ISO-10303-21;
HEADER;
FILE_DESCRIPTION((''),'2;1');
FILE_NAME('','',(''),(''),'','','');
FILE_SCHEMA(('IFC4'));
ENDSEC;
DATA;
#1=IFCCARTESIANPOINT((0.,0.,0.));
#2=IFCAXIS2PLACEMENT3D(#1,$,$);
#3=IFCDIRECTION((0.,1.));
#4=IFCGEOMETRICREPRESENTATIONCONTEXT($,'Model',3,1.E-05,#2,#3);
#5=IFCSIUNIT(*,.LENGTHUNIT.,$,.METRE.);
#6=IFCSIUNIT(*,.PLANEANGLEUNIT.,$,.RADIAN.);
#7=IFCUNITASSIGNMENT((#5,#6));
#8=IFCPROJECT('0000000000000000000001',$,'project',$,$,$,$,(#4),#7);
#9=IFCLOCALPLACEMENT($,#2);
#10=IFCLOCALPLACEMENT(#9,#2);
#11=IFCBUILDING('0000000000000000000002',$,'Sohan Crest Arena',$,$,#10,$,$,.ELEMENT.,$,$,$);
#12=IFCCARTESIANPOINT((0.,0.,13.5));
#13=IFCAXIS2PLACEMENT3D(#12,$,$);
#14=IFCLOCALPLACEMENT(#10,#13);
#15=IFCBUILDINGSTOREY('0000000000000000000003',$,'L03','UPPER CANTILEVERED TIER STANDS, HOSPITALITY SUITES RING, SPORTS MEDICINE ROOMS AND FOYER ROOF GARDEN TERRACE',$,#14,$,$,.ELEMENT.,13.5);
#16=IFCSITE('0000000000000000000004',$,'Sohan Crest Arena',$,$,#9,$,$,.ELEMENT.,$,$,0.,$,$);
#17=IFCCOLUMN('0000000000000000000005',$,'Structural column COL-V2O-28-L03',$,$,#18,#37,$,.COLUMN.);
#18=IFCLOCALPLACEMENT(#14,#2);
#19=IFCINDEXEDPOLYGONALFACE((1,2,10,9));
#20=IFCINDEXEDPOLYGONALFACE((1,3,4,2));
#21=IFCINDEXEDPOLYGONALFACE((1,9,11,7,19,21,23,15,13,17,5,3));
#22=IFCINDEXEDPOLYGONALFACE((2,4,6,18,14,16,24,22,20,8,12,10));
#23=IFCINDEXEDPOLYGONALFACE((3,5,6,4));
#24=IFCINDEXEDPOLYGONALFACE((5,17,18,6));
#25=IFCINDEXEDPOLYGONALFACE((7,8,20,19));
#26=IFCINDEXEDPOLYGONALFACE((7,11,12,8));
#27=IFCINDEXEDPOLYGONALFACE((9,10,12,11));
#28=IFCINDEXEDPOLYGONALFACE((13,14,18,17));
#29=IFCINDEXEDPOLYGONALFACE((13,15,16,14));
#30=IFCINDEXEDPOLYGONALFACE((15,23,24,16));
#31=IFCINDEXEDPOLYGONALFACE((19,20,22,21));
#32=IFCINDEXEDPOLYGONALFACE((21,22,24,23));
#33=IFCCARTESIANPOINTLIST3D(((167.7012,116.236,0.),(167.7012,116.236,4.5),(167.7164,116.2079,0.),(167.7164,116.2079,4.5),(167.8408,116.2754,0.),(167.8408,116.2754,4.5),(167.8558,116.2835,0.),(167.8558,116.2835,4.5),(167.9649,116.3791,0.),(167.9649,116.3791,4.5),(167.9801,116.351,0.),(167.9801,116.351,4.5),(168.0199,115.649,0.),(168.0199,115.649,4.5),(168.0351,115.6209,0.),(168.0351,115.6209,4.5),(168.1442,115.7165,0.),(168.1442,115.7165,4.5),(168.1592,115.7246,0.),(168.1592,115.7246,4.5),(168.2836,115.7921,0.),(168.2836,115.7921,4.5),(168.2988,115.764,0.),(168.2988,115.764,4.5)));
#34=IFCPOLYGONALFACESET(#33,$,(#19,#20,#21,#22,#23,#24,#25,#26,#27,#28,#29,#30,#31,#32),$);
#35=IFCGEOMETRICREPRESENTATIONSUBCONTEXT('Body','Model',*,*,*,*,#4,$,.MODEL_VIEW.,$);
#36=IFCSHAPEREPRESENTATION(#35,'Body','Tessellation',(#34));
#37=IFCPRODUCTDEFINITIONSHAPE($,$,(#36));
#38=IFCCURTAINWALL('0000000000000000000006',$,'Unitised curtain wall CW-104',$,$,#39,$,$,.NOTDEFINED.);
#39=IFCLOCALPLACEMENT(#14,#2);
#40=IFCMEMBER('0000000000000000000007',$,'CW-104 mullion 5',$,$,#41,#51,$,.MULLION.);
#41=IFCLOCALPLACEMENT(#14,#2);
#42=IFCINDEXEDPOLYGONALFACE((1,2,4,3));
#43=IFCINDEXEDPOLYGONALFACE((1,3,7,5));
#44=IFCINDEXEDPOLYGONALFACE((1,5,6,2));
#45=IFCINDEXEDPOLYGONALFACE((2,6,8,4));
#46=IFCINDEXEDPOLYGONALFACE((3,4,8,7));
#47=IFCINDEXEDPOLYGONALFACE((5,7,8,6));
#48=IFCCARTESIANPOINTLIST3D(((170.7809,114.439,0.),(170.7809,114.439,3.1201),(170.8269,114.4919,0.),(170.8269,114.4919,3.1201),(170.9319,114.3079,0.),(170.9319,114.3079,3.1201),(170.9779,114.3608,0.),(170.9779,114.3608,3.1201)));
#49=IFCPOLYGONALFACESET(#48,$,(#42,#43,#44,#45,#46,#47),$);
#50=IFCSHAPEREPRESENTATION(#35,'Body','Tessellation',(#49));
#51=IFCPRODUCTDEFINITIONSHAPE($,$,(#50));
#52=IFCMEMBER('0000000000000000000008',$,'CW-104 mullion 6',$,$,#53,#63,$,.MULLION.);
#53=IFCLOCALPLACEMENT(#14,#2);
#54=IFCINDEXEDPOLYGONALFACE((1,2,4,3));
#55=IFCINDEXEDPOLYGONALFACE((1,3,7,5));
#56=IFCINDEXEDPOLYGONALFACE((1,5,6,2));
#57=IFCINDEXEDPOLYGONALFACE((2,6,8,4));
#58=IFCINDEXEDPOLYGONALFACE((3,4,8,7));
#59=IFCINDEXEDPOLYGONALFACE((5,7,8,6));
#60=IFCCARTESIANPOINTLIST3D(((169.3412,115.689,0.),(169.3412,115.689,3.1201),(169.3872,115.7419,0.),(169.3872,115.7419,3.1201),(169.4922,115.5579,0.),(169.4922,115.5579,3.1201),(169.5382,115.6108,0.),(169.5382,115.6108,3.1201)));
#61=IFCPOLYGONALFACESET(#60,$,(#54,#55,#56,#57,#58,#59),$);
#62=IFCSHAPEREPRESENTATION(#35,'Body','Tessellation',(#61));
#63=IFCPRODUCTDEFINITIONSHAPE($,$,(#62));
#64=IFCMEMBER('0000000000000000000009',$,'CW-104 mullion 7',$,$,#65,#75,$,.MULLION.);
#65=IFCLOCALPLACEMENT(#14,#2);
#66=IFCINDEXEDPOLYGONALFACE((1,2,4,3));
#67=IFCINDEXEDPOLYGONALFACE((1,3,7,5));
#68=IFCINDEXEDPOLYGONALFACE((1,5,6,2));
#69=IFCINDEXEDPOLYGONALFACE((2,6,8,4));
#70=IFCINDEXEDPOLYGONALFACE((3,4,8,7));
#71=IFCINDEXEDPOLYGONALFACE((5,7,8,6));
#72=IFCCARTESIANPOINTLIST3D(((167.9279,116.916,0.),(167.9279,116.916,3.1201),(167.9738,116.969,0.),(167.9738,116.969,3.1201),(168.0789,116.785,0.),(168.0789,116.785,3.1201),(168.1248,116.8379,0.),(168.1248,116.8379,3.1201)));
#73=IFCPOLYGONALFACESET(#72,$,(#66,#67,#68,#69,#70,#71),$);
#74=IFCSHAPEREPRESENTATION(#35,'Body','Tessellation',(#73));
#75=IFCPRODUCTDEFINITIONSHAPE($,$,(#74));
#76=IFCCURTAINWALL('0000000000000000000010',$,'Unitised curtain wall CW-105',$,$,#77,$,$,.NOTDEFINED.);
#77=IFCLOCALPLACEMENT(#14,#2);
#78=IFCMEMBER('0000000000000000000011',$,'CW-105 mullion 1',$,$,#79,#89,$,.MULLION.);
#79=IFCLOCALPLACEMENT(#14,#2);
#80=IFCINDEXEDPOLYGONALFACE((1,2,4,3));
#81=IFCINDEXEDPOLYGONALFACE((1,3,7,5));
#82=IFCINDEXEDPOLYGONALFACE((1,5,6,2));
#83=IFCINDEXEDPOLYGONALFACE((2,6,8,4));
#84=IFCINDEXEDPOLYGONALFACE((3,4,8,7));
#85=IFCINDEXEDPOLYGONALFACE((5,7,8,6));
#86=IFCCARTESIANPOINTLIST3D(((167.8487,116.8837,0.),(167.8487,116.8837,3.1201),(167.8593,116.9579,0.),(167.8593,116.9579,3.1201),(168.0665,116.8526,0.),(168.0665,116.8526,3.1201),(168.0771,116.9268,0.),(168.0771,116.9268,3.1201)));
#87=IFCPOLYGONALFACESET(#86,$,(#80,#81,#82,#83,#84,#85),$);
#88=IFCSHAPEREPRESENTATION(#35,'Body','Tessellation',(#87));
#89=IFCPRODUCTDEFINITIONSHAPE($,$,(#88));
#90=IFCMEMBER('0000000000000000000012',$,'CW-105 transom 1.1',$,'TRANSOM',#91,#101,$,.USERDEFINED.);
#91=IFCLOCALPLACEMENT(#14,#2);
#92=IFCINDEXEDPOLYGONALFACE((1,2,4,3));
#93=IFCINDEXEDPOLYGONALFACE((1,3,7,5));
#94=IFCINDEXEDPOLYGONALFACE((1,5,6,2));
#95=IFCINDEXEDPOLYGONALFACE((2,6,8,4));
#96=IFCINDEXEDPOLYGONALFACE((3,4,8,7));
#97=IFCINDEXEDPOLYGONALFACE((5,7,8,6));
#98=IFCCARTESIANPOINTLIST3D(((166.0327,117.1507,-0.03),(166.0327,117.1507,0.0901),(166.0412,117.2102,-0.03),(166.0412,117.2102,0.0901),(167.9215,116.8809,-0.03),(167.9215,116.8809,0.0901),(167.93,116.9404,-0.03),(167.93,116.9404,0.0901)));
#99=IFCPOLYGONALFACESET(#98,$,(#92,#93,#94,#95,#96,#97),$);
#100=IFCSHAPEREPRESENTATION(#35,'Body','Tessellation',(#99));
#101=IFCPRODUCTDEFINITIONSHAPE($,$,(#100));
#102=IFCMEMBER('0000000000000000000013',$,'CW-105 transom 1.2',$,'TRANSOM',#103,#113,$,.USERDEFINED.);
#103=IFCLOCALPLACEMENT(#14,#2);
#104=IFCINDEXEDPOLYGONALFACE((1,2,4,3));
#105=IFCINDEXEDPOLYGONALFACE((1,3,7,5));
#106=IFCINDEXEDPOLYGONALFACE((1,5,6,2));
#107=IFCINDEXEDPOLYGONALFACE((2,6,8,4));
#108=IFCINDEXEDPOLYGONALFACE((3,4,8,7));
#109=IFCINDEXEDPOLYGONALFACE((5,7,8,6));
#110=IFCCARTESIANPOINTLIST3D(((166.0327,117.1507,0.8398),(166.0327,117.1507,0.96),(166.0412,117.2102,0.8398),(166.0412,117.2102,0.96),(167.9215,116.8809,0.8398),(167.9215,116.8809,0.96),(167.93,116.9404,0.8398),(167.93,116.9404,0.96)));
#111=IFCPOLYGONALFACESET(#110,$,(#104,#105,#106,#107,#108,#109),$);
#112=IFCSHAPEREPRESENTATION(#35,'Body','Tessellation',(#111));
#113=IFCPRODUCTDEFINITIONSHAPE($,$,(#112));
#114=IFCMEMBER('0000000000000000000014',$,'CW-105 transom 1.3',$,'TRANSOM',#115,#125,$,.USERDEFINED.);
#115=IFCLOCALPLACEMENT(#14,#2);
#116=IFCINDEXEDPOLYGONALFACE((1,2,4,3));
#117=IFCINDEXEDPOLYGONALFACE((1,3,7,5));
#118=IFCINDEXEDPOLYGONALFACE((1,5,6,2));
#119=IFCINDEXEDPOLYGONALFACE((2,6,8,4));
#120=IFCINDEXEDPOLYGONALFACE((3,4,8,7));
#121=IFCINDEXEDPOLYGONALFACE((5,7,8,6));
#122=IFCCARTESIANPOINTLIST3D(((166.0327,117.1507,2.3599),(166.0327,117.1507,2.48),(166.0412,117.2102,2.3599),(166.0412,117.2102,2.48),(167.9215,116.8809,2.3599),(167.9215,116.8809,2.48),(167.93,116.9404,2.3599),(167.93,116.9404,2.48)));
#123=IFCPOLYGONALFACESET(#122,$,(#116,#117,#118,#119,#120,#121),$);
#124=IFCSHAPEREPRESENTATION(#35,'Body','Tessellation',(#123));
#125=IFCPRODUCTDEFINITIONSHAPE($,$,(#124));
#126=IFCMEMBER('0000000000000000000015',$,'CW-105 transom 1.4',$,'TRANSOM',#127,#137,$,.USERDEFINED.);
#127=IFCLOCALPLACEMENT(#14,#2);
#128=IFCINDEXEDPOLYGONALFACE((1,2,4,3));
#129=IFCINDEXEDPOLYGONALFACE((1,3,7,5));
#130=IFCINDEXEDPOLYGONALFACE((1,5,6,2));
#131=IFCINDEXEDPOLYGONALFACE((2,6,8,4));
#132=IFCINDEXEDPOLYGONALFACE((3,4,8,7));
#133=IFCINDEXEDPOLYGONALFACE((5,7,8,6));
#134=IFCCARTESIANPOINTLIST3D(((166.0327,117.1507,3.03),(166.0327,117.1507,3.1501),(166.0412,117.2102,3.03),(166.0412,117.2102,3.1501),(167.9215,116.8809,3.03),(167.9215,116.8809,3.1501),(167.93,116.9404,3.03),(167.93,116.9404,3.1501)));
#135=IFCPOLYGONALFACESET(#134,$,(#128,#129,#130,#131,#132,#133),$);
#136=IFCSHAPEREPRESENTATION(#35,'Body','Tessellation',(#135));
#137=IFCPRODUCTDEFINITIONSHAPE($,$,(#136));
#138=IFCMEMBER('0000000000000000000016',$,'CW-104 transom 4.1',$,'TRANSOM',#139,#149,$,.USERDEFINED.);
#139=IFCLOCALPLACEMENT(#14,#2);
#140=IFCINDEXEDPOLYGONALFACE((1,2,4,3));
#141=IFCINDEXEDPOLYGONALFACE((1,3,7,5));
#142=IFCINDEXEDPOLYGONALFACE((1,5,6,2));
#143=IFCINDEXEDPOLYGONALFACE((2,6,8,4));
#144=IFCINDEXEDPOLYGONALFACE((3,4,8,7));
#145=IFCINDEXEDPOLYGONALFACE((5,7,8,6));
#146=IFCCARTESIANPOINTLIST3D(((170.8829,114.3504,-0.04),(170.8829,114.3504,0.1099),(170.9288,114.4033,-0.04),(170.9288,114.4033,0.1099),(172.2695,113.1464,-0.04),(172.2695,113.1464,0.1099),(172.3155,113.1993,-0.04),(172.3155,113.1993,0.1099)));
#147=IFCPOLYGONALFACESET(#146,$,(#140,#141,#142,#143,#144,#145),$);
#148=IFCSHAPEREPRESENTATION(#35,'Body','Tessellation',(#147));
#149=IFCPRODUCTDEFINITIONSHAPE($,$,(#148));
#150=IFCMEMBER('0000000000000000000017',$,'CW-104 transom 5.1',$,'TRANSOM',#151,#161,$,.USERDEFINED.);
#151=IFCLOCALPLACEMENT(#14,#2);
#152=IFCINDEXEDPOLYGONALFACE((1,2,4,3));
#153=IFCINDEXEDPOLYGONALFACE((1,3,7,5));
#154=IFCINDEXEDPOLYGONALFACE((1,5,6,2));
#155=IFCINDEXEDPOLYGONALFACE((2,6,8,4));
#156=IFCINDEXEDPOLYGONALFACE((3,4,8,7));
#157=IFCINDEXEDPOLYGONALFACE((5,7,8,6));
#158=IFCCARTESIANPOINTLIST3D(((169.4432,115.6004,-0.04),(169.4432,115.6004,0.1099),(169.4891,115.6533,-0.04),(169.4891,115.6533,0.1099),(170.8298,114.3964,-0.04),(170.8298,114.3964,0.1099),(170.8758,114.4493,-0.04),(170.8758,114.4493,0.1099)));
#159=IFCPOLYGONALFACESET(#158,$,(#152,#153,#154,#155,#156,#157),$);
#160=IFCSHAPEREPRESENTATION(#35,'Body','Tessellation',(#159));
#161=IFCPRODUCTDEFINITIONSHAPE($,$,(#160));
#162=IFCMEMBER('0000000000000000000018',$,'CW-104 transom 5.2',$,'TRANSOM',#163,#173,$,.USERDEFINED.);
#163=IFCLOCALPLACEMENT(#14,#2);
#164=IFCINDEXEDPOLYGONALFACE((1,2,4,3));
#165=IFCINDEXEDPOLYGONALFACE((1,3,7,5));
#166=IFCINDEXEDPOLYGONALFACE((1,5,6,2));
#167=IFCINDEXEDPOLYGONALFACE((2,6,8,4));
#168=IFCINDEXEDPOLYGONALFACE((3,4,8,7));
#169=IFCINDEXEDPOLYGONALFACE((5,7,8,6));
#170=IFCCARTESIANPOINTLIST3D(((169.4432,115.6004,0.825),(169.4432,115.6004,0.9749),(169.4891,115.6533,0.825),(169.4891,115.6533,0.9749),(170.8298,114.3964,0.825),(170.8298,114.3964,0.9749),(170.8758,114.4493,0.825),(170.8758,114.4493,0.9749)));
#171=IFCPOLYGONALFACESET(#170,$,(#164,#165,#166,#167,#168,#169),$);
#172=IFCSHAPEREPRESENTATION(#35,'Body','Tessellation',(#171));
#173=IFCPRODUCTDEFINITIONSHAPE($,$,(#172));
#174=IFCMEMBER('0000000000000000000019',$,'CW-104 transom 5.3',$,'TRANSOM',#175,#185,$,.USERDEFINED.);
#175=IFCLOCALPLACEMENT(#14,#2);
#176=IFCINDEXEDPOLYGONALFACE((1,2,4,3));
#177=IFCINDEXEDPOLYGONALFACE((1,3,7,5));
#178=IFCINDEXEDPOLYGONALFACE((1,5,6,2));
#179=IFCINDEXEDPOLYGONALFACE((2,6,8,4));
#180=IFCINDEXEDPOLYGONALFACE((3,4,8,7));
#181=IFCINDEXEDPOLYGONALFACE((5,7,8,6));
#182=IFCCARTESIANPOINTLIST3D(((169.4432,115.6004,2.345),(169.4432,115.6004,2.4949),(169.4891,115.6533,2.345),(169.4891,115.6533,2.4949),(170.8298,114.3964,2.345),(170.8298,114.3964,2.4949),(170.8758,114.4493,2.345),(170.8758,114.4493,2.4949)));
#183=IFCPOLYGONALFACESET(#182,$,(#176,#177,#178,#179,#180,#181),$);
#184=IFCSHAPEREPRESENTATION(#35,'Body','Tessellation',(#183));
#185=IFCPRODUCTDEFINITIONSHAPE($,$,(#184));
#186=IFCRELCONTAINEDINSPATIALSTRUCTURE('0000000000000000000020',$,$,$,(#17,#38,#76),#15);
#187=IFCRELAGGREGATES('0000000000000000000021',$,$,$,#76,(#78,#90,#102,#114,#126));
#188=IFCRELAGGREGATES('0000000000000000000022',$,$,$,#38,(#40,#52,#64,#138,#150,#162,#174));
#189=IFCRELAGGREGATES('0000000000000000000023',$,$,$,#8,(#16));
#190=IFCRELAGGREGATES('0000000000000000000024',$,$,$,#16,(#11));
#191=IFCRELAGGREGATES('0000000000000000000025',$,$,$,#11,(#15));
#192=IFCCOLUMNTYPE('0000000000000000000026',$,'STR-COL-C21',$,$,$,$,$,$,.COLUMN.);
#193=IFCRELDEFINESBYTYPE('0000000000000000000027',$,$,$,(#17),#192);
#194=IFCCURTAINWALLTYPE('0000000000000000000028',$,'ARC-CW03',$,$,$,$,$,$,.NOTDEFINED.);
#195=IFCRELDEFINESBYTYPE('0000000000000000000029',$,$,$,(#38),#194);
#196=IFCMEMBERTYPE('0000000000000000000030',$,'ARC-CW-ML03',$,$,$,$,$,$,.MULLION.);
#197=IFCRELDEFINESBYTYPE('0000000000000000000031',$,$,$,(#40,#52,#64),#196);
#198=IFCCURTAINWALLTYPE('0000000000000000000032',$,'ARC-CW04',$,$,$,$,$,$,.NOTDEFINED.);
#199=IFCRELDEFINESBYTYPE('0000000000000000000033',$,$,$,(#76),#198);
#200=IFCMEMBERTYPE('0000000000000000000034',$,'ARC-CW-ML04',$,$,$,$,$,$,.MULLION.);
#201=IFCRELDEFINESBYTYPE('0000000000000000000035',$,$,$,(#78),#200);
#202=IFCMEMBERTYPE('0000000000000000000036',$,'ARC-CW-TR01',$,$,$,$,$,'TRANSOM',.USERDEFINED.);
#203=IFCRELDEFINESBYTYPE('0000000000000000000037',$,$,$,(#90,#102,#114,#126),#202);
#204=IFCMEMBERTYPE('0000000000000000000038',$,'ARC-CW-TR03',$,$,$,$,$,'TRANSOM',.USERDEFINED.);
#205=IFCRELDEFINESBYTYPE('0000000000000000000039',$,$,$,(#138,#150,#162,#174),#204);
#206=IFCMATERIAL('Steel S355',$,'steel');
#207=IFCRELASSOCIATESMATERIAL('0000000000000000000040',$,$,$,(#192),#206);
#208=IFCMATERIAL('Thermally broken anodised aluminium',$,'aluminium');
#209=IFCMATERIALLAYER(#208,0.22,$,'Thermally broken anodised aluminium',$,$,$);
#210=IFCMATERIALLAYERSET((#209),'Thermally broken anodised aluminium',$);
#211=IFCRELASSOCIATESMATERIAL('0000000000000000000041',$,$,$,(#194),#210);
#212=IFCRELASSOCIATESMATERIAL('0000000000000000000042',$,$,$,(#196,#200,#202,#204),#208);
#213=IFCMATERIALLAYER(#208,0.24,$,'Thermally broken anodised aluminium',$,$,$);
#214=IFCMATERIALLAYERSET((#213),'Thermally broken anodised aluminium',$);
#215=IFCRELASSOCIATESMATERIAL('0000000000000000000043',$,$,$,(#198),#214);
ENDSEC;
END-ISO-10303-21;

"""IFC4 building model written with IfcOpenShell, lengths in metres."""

from ifc_helpers import new_model, si_unit, direction, frame, origin, origin_2d, place, context, subcontext, project, spatial, rectangle, i_section, extrude, material, layer, layer_set, material_profile, profile_set, type_object, element, aggregate, save


model = new_model("IFC4")

# Units and contexts
model_context = context("Model", 3, precision=1e-05, world=origin(), true_north=direction((0.0, 1.0)))
body_context = subcontext(model_context, "Body", "Model", "MODEL_VIEW")
ifc_project = project(units=[si_unit("LENGTHUNIT", "METRE"), si_unit("PLANEANGLEUNIT", "RADIAN")], contexts=[model_context])

# Site, building, storey
site_placement = place(None, origin())
site = spatial("IfcSite", under=ifc_project, at=site_placement, Name="Sohan Crest Arena", CompositionType="ELEMENT", RefElevation=0.0)
building_placement = place(site_placement, origin())
building = spatial("IfcBuilding", under=site, at=building_placement, Name="Sohan Crest Arena", CompositionType="ELEMENT")
storey_placement = place(building_placement, frame((0.0, 0.0, 13.5)))
storey = spatial("IfcBuildingStorey", under=building, at=storey_placement, Name="L03", Description="UPPER CANTILEVERED TIER STANDS, HOSPITALITY SUITES RING, SPORTS MEDICINE ROOMS AND FOYER ROOF GARDEN TERRACE", CompositionType="ELEMENT", Elevation=13.5)

# Column
ifc_material_1 = material(Name="Steel S355", Category="steel")
ifc_material_profile_1 = material_profile(ifc_material_1, i_section(OverallWidth=0.3, OverallDepth=0.7, WebThickness=0.0171, FlangeThickness=0.032, at=origin_2d()), Name="HEB 700")
ifc_profile_set_1 = profile_set([ifc_material_profile_1], Name="Steel S355")
column_type = type_object("IfcColumnType", Name="STR-COL-C21", PredefinedType="COLUMN", material=ifc_profile_set_1)
column_placement = place(storey_placement, frame((168.0, 116.0, 0.0), z_axis=(0.0, 0.0, 1.0), x_axis=(0.878817, 0.477159, 0.0)))
element("IfcColumn", 1, at=column_placement, inside=storey, type_object=column_type, Name="Structural column COL-V2O-28-L03", PredefinedType="COLUMN", context=body_context, shape_type="SweptSolid", body=[
    extrude(i_section(OverallWidth=0.3, OverallDepth=0.7, WebThickness=0.0171, FlangeThickness=0.032, at=origin_2d()), origin(), (0.0, 0.0, 1.0), 4.5),
])

# Curtain walls, members
ifc_material_2 = material(Name="Thermally broken anodised aluminium", Category="aluminium")
ifc_layer_1 = layer(ifc_material_2, 0.22, Name="Thermally broken anodised aluminium")
ifc_layer_set_1 = layer_set([ifc_layer_1], Name="Thermally broken anodised aluminium")
curtain_wall_type_1 = type_object("IfcCurtainWallType", Name="ARC-CW03", PredefinedType="NOTDEFINED", material=ifc_layer_set_1)
curtain_wall_1_placement = place(storey_placement, origin())
curtain_wall_1 = element("IfcCurtainWall", 2, at=curtain_wall_1_placement, inside=storey, type_object=curtain_wall_type_1, Name="Unitised curtain wall CW-104", PredefinedType="NOTDEFINED")
ifc_material_profile_2 = material_profile(ifc_material_2, rectangle(XDim=0.0701, YDim=0.2, at=origin_2d()), Name="ALU-MULL 70x200")
ifc_profile_set_2 = profile_set([ifc_material_profile_2], Name="Thermally broken anodised aluminium")
member_type_1 = type_object("IfcMemberType", Name="ARC-CW-ML03", PredefinedType="MULLION", material=ifc_profile_set_2)
member_1_placement = place(storey_placement, frame((170.8794, 114.3999, 0.0), z_axis=(0.0, 0.0, 1.0), x_axis=(-0.655616, -0.755095, 0.0)))
member_1 = element("IfcMember", 3, at=member_1_placement, type_object=member_type_1, Name="CW-104 mullion 5", PredefinedType="MULLION", context=body_context, shape_type="SweptSolid", body=[
    extrude(rectangle(XDim=0.0701, YDim=0.2, at=origin_2d()), origin(), (0.0, 0.0, 1.0), 3.1201),
])
member_2_placement = place(storey_placement, frame((169.4397, 115.6499, 0.0), z_axis=(0.0, 0.0, 1.0), x_axis=(-0.655616, -0.755095, 0.0)))
member_2 = element("IfcMember", 4, at=member_2_placement, type_object=member_type_1, Name="CW-104 mullion 6", PredefinedType="MULLION", context=body_context, shape_type="SweptSolid", body=[
    extrude(rectangle(XDim=0.0701, YDim=0.2, at=origin_2d()), origin(), (0.0, 0.0, 1.0), 3.1201),
])
member_3_placement = place(storey_placement, frame((168.0264, 116.877, 0.0), z_axis=(0.0, 0.0, 1.0), x_axis=(-0.655616, -0.755095, 0.0)))
member_3 = element("IfcMember", 5, at=member_3_placement, type_object=member_type_1, Name="CW-104 mullion 7", PredefinedType="MULLION", context=body_context, shape_type="SweptSolid", body=[
    extrude(rectangle(XDim=0.0701, YDim=0.2, at=origin_2d()), origin(), (0.0, 0.0, 1.0), 3.1201),
])
ifc_layer_2 = layer(ifc_material_2, 0.24, Name="Thermally broken anodised aluminium")
ifc_layer_set_2 = layer_set([ifc_layer_2], Name="Thermally broken anodised aluminium")
curtain_wall_type_2 = type_object("IfcCurtainWallType", Name="ARC-CW04", PredefinedType="NOTDEFINED", material=ifc_layer_set_2)
curtain_wall_2_placement = place(storey_placement, origin())
curtain_wall_2 = element("IfcCurtainWall", 6, at=curtain_wall_2_placement, inside=storey, type_object=curtain_wall_type_2, Name="Unitised curtain wall CW-105", PredefinedType="NOTDEFINED")
ifc_material_profile_3 = material_profile(ifc_material_2, rectangle(XDim=0.075, YDim=0.22, at=origin_2d()), Name="ALU-MULL 75x220")
ifc_profile_set_3 = profile_set([ifc_material_profile_3], Name="Thermally broken anodised aluminium")
member_type_2 = type_object("IfcMemberType", Name="ARC-CW-ML04", PredefinedType="MULLION", material=ifc_profile_set_3)
member_4_placement = place(storey_placement, frame((167.9629, 116.9053, 0.0), z_axis=(0.0, 0.0, 1.0), x_axis=(-0.141463, -0.989944, 0.0)))
member_4 = element("IfcMember", 7, at=member_4_placement, type_object=member_type_2, Name="CW-105 mullion 1", PredefinedType="MULLION", context=body_context, shape_type="SweptSolid", body=[
    extrude(rectangle(XDim=0.075, YDim=0.22, at=origin_2d()), origin(), (0.0, 0.0, 1.0), 3.1201),
])
ifc_material_profile_4 = material_profile(ifc_material_2, rectangle(XDim=0.0601, YDim=0.1201, at=origin_2d()), Name="ALU-TRAN 60x120")
ifc_profile_set_4 = profile_set([ifc_material_profile_4], Name="Thermally broken anodised aluminium")
member_type_3 = type_object("IfcMemberType", Name="ARC-CW-TR01", ElementType="TRANSOM", PredefinedType="USERDEFINED", material=ifc_profile_set_4)
member_5_placement = place(storey_placement, frame((167.9258, 116.9106, 0.03), z_axis=(-0.989952, 0.141403, 0.0), x_axis=(-0.141403, -0.989952, 0.0)))
member_5 = element("IfcMember", 8, at=member_5_placement, type_object=member_type_3, Name="CW-105 transom 1.1", ObjectType="TRANSOM", PredefinedType="USERDEFINED", context=body_context, shape_type="SweptSolid", body=[
    extrude(rectangle(XDim=0.0601, YDim=0.1201, at=origin_2d()), origin(), (0.0, 0.0, 1.0), 1.908),
])
member_6_placement = place(storey_placement, frame((167.9258, 116.9106, 0.8999), z_axis=(-0.989952, 0.141403, 0.0), x_axis=(-0.141403, -0.989952, 0.0)))
member_6 = element("IfcMember", 9, at=member_6_placement, type_object=member_type_3, Name="CW-105 transom 1.2", ObjectType="TRANSOM", PredefinedType="USERDEFINED", context=body_context, shape_type="SweptSolid", body=[
    extrude(rectangle(XDim=0.0601, YDim=0.1201, at=origin_2d()), origin(), (0.0, 0.0, 1.0), 1.908),
])
member_7_placement = place(storey_placement, frame((167.9258, 116.9106, 2.4199), z_axis=(-0.989952, 0.141403, 0.0), x_axis=(-0.141403, -0.989952, 0.0)))
member_7 = element("IfcMember", 10, at=member_7_placement, type_object=member_type_3, Name="CW-105 transom 1.3", ObjectType="TRANSOM", PredefinedType="USERDEFINED", context=body_context, shape_type="SweptSolid", body=[
    extrude(rectangle(XDim=0.0601, YDim=0.1201, at=origin_2d()), origin(), (0.0, 0.0, 1.0), 1.908),
])
member_8_placement = place(storey_placement, frame((167.9258, 116.9106, 3.0901), z_axis=(-0.989952, 0.141403, 0.0), x_axis=(-0.141403, -0.989952, 0.0)))
member_8 = element("IfcMember", 11, at=member_8_placement, type_object=member_type_3, Name="CW-105 transom 1.4", ObjectType="TRANSOM", PredefinedType="USERDEFINED", context=body_context, shape_type="SweptSolid", body=[
    extrude(rectangle(XDim=0.0601, YDim=0.1201, at=origin_2d()), origin(), (0.0, 0.0, 1.0), 1.908),
])
aggregate(curtain_wall_2, [member_4, member_5, member_6, member_7, member_8])

# Members
ifc_material_profile_5 = material_profile(ifc_material_2, rectangle(XDim=0.0701, YDim=0.1499, at=origin_2d()), Name="ALU-TRAN 70x150")
ifc_profile_set_5 = profile_set([ifc_material_profile_5], Name="Thermally broken anodised aluminium")
member_type_4 = type_object("IfcMemberType", Name="ARC-CW-TR03", ElementType="TRANSOM", PredefinedType="USERDEFINED", material=ifc_profile_set_5)
member_9_placement = place(storey_placement, frame((172.2925, 113.1729, 0.0349), z_axis=(-0.755075, 0.655639, 0.0), x_axis=(-0.655639, -0.755075, 0.0)))
member_9 = element("IfcMember", 12, at=member_9_placement, type_object=member_type_4, Name="CW-104 transom 4.1", ObjectType="TRANSOM", PredefinedType="USERDEFINED", context=body_context, shape_type="SweptSolid", body=[
    extrude(rectangle(XDim=0.0701, YDim=0.1499, at=origin_2d()), origin(), (0.0, 0.0, 1.0), 1.8364),
])
member_10_placement = place(storey_placement, frame((170.8528, 114.4229, 0.0349), z_axis=(-0.755075, 0.655639, 0.0), x_axis=(-0.655639, -0.755075, 0.0)))
member_10 = element("IfcMember", 13, at=member_10_placement, type_object=member_type_4, Name="CW-104 transom 5.1", ObjectType="TRANSOM", PredefinedType="USERDEFINED", context=body_context, shape_type="SweptSolid", body=[
    extrude(rectangle(XDim=0.0701, YDim=0.1499, at=origin_2d()), origin(), (0.0, 0.0, 1.0), 1.8364),
])
member_11_placement = place(storey_placement, frame((170.8528, 114.4229, 0.8999), z_axis=(-0.755075, 0.655639, 0.0), x_axis=(-0.655639, -0.755075, 0.0)))
member_11 = element("IfcMember", 14, at=member_11_placement, type_object=member_type_4, Name="CW-104 transom 5.2", ObjectType="TRANSOM", PredefinedType="USERDEFINED", context=body_context, shape_type="SweptSolid", body=[
    extrude(rectangle(XDim=0.0701, YDim=0.1499, at=origin_2d()), origin(), (0.0, 0.0, 1.0), 1.8364),
])
member_12_placement = place(storey_placement, frame((170.8528, 114.4229, 2.4199), z_axis=(-0.755075, 0.655639, 0.0), x_axis=(-0.655639, -0.755075, 0.0)))
member_12 = element("IfcMember", 15, at=member_12_placement, type_object=member_type_4, Name="CW-104 transom 5.3", ObjectType="TRANSOM", PredefinedType="USERDEFINED", context=body_context, shape_type="SweptSolid", body=[
    extrude(rectangle(XDim=0.0701, YDim=0.1499, at=origin_2d()), origin(), (0.0, 0.0, 1.0), 1.8364),
])

aggregate(curtain_wall_1, [member_1, member_2, member_3, member_9, member_10, member_11, member_12])

save(model, "model.ifc")
